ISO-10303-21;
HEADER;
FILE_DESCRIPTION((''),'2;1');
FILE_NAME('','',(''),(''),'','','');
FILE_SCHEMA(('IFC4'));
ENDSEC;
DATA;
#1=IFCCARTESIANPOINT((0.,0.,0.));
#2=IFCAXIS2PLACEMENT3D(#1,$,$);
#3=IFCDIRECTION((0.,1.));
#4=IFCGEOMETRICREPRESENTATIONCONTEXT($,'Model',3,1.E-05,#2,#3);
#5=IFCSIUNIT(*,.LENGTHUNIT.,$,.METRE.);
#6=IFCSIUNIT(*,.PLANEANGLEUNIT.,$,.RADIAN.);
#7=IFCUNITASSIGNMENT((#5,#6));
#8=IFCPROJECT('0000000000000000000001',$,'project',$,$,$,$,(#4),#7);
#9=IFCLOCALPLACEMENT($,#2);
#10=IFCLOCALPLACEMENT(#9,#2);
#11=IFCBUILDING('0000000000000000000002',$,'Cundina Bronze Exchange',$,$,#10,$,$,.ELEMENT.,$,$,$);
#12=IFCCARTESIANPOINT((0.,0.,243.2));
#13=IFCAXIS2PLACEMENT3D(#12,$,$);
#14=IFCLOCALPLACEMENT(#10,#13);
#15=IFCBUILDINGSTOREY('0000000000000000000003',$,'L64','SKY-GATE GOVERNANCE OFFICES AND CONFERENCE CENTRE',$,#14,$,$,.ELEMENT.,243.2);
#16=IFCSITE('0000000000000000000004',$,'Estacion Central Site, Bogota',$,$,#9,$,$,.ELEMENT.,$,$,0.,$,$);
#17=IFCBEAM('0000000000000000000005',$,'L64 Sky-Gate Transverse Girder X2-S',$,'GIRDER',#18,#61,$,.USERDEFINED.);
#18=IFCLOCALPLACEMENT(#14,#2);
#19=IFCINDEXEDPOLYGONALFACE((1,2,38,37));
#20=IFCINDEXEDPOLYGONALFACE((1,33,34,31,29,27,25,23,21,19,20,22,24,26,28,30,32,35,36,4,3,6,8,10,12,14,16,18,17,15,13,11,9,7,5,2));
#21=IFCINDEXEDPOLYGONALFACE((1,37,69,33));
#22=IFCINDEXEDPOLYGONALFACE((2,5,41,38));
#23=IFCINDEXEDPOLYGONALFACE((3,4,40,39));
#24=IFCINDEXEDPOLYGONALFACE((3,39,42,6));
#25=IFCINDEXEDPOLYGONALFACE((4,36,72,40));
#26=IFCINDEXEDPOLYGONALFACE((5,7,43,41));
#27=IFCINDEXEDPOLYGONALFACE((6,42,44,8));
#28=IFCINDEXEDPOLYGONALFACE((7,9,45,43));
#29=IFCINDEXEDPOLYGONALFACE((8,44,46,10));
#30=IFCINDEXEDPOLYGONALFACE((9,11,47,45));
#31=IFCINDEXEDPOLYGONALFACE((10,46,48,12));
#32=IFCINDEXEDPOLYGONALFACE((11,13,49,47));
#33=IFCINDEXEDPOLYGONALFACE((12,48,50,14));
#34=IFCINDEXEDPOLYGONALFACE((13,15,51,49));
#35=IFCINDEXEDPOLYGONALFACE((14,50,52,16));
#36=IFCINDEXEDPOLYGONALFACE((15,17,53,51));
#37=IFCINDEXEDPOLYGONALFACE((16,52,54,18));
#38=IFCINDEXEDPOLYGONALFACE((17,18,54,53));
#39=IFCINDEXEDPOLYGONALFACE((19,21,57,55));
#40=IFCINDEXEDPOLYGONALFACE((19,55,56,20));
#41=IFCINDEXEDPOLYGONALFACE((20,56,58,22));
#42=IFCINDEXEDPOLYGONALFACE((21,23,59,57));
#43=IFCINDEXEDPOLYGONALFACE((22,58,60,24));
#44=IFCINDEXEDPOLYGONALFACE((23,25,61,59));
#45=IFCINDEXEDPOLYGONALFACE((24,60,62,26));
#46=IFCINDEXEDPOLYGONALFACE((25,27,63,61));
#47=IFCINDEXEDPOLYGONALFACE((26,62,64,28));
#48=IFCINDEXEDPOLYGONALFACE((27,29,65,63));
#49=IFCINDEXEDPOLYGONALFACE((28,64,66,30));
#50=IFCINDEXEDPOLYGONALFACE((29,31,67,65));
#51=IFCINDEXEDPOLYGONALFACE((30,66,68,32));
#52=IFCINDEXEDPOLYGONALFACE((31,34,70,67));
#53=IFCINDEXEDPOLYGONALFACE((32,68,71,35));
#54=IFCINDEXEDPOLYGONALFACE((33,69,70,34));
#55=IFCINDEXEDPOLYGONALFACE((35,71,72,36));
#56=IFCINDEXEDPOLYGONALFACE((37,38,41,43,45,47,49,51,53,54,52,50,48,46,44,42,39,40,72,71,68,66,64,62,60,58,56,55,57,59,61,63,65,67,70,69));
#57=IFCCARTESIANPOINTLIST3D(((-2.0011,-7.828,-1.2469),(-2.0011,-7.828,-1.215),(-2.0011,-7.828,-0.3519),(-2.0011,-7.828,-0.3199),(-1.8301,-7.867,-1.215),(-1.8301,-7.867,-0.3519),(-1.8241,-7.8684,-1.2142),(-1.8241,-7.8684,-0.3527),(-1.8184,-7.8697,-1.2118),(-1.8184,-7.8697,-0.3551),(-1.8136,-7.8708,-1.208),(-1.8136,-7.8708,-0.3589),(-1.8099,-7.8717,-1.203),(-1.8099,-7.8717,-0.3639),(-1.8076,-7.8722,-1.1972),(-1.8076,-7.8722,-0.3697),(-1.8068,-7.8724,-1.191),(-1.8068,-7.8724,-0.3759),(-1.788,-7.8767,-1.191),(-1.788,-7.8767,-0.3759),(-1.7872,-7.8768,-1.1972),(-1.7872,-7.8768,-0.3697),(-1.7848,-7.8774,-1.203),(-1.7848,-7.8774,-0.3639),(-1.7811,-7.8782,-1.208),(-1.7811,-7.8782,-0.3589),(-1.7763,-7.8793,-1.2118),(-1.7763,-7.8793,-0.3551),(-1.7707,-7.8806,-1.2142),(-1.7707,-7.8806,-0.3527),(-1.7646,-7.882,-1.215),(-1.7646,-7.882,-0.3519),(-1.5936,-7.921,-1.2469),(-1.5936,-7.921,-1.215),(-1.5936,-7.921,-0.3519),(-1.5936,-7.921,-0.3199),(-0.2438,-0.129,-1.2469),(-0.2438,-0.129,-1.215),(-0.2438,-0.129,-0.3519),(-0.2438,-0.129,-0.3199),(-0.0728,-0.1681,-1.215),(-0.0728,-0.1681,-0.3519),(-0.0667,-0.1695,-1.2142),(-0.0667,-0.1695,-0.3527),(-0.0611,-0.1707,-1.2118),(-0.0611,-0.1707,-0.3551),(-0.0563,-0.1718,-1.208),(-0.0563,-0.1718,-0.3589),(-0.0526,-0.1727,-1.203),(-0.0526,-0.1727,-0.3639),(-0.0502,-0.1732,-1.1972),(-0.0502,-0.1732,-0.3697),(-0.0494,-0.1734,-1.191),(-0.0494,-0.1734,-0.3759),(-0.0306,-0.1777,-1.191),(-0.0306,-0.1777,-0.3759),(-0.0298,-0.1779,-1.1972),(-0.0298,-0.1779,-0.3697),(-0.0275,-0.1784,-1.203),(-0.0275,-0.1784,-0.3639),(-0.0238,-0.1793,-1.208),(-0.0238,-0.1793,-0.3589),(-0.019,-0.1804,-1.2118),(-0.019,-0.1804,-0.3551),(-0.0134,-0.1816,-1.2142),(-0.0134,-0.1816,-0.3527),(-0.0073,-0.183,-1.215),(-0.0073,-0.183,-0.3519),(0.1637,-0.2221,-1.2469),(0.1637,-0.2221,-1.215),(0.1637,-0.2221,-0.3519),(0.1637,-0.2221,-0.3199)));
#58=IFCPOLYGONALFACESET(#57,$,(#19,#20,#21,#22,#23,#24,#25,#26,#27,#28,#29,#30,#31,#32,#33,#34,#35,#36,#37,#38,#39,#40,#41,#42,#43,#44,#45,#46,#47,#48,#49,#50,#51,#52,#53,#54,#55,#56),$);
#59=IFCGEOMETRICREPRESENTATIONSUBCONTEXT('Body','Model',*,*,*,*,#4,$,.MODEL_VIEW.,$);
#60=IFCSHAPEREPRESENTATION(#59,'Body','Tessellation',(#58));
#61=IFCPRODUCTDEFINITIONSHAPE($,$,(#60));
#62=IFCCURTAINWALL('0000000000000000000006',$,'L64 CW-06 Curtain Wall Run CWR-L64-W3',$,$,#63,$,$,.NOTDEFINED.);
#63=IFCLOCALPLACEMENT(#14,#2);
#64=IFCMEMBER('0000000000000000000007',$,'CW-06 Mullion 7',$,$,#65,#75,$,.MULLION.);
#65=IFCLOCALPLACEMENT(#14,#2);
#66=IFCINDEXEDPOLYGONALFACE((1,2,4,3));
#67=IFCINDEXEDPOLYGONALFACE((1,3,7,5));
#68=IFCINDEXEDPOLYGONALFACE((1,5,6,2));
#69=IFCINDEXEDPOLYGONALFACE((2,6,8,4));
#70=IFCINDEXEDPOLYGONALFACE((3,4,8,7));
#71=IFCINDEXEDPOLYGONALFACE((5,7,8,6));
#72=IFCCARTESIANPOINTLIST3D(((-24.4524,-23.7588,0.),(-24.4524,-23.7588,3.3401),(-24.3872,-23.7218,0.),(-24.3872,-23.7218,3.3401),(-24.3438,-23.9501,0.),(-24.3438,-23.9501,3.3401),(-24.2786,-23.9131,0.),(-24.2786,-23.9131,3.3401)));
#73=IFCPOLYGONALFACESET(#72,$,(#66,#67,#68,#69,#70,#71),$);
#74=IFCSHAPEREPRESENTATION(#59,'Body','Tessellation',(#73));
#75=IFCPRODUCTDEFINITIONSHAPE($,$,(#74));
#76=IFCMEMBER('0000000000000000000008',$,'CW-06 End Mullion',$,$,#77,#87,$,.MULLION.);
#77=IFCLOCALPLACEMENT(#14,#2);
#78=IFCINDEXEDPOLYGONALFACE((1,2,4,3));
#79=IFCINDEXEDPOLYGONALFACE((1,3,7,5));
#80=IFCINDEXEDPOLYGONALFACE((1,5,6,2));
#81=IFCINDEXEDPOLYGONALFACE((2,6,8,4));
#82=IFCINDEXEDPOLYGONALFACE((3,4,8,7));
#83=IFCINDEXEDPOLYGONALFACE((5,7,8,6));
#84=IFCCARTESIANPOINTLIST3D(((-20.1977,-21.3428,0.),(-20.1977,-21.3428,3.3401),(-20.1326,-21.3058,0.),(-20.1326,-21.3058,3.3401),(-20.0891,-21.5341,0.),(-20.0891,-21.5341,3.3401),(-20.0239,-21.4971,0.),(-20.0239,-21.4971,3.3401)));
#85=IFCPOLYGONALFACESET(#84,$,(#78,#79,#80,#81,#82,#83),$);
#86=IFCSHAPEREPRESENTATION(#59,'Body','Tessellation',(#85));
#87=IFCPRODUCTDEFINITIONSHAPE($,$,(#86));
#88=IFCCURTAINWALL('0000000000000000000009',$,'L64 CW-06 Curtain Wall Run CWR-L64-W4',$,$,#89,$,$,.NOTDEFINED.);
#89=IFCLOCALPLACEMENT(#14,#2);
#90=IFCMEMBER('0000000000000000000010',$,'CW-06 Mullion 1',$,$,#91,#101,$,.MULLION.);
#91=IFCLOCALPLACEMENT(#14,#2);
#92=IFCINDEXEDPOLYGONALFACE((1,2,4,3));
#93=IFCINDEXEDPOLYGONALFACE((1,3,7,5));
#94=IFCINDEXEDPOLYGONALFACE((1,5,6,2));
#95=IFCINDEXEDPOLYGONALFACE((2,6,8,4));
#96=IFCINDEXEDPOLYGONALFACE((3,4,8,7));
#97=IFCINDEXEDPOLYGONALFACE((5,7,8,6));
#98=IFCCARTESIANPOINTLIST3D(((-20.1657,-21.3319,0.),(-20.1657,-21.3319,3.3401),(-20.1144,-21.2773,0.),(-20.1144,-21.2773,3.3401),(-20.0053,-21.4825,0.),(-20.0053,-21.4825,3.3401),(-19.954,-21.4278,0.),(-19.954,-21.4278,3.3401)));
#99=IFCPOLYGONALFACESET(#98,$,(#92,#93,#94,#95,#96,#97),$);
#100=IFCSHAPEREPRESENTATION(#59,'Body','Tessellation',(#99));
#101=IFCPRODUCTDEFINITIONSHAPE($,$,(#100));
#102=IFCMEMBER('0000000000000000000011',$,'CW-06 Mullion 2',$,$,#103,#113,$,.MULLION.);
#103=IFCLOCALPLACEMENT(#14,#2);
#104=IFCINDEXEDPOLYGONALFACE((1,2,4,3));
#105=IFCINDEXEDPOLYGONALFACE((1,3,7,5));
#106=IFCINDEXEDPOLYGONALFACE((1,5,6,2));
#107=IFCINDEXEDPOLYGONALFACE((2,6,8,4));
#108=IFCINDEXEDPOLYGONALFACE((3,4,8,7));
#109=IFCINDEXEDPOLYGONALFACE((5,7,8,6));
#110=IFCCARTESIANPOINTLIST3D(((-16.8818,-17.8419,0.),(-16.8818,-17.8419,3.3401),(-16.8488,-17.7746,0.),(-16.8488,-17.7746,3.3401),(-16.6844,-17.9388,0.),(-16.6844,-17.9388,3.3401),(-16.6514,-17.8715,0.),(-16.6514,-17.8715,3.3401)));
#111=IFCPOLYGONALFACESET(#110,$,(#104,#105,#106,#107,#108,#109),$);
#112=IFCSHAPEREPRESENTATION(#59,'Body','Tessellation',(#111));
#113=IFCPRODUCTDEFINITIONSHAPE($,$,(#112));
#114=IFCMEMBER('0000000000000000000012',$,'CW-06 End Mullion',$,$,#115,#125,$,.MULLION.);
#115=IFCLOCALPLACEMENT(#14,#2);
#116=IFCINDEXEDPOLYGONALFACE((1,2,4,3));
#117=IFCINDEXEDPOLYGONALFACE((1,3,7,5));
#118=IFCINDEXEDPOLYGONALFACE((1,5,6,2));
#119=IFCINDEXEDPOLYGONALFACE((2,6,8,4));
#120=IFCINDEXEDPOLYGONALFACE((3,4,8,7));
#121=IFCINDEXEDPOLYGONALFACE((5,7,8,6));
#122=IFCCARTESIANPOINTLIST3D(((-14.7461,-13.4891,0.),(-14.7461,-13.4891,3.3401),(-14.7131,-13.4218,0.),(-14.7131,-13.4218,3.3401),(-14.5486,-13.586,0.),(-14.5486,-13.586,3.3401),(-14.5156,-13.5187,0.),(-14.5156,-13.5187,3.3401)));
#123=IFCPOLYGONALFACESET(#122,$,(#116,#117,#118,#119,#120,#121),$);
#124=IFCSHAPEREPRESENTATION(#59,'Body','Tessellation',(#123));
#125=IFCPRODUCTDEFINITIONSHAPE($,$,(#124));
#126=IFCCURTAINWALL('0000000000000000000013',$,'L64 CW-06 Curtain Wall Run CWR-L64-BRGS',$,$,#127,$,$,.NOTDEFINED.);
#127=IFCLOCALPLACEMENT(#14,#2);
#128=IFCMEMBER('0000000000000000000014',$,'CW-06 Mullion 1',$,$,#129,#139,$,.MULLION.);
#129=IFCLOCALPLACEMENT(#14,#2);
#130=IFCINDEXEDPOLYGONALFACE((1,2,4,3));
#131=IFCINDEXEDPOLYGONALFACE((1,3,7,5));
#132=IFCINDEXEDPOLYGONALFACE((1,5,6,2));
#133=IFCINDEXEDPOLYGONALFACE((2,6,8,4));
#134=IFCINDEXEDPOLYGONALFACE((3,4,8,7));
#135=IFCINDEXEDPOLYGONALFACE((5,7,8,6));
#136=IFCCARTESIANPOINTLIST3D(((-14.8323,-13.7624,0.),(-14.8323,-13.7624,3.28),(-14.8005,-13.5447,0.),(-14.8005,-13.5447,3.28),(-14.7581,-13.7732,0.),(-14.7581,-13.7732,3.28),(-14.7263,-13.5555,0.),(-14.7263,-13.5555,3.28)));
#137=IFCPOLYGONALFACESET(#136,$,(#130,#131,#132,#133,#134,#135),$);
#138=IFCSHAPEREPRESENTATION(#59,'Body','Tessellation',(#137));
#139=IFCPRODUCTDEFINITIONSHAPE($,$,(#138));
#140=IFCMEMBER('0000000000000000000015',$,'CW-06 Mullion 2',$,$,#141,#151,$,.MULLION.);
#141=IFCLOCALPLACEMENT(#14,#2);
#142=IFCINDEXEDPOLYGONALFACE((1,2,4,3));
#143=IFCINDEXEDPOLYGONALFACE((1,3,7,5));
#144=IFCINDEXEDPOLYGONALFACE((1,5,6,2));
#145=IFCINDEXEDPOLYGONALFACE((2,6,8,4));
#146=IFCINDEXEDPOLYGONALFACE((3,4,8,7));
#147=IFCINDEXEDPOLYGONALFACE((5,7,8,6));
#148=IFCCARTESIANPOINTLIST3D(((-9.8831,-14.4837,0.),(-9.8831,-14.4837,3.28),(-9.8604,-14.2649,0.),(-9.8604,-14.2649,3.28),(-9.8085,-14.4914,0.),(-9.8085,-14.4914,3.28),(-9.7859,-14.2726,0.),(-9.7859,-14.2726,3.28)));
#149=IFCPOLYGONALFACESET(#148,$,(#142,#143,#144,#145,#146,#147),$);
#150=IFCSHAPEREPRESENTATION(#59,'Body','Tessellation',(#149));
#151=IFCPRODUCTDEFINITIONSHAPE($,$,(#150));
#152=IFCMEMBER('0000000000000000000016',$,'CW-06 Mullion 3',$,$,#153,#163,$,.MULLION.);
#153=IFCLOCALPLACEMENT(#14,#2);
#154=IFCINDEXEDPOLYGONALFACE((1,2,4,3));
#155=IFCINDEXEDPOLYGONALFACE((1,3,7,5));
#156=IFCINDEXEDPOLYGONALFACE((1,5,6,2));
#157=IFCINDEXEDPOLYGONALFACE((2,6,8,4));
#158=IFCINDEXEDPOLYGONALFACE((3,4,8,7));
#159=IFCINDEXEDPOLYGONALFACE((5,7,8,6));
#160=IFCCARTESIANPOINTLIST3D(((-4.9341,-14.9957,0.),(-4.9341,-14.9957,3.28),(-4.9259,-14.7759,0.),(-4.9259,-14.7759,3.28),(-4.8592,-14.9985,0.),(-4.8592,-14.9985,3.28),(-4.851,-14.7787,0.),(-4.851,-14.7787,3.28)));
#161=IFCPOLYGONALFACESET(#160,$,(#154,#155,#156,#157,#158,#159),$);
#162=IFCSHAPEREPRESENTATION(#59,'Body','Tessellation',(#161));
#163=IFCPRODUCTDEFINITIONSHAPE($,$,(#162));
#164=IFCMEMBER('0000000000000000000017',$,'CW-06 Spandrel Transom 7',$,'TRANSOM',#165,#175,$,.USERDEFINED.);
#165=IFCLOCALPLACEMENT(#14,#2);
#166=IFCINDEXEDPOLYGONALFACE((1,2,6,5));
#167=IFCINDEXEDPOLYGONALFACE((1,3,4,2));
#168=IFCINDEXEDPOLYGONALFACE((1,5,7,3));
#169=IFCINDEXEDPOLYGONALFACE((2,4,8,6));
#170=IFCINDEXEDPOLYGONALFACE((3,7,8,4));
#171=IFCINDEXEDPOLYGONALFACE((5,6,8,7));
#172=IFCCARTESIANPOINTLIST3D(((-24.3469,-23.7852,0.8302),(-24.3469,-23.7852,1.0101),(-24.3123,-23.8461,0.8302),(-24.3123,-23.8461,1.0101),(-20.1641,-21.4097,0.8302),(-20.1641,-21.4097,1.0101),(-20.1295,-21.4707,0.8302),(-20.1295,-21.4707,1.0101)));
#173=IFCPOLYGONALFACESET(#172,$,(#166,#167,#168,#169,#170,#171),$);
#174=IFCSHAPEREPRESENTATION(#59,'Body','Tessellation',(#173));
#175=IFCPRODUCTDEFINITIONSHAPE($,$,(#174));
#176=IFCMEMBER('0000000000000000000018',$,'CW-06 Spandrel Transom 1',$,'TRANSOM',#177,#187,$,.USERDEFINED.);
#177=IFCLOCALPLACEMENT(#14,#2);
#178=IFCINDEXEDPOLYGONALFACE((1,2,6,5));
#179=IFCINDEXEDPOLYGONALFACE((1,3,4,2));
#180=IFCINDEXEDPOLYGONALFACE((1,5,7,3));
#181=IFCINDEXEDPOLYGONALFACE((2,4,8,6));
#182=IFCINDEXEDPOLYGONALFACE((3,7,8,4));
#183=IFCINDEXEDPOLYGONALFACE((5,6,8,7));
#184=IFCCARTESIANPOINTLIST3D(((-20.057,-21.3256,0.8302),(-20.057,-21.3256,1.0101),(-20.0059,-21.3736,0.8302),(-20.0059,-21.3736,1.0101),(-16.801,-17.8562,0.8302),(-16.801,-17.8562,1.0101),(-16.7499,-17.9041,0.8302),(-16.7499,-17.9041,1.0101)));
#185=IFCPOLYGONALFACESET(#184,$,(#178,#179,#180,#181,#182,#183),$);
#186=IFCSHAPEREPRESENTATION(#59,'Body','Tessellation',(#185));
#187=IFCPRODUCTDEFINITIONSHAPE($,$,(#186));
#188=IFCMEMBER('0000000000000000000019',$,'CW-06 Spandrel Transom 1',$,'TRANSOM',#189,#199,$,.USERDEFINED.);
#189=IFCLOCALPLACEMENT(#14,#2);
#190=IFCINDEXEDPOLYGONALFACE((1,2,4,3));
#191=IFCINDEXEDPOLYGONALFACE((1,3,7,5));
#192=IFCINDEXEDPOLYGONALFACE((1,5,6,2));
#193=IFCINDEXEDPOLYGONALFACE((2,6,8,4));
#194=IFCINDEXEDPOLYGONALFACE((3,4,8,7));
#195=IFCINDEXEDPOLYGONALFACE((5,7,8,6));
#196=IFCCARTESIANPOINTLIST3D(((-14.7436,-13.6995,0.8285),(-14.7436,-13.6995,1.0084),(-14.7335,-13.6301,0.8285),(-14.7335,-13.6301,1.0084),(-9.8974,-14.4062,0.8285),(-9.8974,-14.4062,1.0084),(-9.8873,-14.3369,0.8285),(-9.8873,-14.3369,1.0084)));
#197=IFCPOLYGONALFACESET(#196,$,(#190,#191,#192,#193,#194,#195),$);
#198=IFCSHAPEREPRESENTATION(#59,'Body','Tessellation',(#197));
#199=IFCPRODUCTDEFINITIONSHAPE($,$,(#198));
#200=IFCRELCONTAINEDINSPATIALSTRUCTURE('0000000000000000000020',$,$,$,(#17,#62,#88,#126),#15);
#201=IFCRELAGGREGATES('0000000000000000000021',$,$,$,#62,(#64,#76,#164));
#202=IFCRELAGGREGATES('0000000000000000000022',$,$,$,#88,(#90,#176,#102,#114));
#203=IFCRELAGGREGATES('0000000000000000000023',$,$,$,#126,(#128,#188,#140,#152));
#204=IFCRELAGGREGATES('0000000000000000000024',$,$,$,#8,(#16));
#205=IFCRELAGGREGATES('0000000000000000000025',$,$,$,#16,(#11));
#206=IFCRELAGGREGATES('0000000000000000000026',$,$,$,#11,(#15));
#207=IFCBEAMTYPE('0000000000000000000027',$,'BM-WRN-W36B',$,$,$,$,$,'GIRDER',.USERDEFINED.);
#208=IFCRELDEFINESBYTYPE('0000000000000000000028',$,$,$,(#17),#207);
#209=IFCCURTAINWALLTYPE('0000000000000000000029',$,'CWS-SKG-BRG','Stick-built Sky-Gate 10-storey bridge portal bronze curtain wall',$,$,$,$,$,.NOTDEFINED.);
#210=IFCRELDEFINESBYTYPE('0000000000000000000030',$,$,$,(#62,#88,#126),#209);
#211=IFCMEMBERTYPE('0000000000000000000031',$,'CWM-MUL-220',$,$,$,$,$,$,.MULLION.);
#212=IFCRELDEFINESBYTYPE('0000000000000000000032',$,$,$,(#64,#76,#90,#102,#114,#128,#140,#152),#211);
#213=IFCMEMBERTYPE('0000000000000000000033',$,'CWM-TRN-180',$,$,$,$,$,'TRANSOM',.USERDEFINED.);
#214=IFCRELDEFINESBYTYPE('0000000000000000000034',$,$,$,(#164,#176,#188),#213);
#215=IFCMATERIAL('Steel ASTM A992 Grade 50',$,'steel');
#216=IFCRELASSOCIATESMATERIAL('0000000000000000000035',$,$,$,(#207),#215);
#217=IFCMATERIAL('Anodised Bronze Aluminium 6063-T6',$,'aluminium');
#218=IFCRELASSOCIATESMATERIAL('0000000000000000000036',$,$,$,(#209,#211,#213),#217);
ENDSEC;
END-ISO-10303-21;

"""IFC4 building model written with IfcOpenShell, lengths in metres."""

from ifc_helpers import new_model, si_unit, direction, frame, origin, origin_2d, place, context, subcontext, project, spatial, rectangle, i_section, extrude, material, material_profile, profile_set, type_object, element, aggregate, save


model = new_model("IFC4")

# Units and contexts
model_context = context("Model", 3, precision=1e-05, world=origin(), true_north=direction((0.0, 1.0)))
body_context = subcontext(model_context, "Body", "Model", "MODEL_VIEW")
ifc_project = project(units=[si_unit("LENGTHUNIT", "METRE"), si_unit("PLANEANGLEUNIT", "RADIAN")], contexts=[model_context])

# Site, building, storey
site_placement = place(None, origin())
site = spatial("IfcSite", under=ifc_project, at=site_placement, Name="Estacion Central Site, Bogota", CompositionType="ELEMENT", RefElevation=0.0)
building_placement = place(site_placement, origin())
building = spatial("IfcBuilding", under=site, at=building_placement, Name="Cundina Bronze Exchange", CompositionType="ELEMENT")
storey_placement = place(building_placement, frame((0.0, 0.0, 243.2)))
storey = spatial("IfcBuildingStorey", under=building, at=storey_placement, Name="L64", Description="SKY-GATE GOVERNANCE OFFICES AND CONFERENCE CENTRE", CompositionType="ELEMENT", Elevation=243.2)

# Beam
ifc_material_1 = material(Name="Steel ASTM A992 Grade 50", Category="steel")
ifc_material_profile_1 = material_profile(ifc_material_1, i_section(OverallWidth=0.418, OverallDepth=0.927, WebThickness=0.0193, FlangeThickness=0.032, FilletRadius=0.0239, at=origin_2d()), Name="W36X231", Category="steel")
ifc_profile_set_1 = profile_set([ifc_material_profile_1], Name="Steel ASTM A992 Grade 50")
beam_type_1 = type_object("IfcBeamType", Name="BM-WRN-W36B", ElementType="GIRDER", PredefinedType="USERDEFINED", material=ifc_profile_set_1)
beam_1_placement = place(storey_placement, frame((-1.7974, -7.8745, -0.7834), z_axis=(0.222531, 0.974926, 0.0), x_axis=(-0.974926, 0.222531, 0.0)))
element("IfcBeam", 1, at=beam_1_placement, inside=storey, type_object=beam_type_1, Name="L64 Sky-Gate Transverse Girder X2-S", ObjectType="GIRDER", PredefinedType="USERDEFINED", context=body_context, shape_type="SweptSolid", body=[
    extrude(i_section(OverallWidth=0.418, OverallDepth=0.927, WebThickness=0.0193, FlangeThickness=0.032, FilletRadius=0.0239, at=origin_2d()), origin(), (0.0, 0.0, 1.0), 7.897),
])

# Curtain walls, members
ifc_material_2 = material(Name="Anodised Bronze Aluminium 6063-T6", Category="aluminium")
curtain_wall_type = type_object("IfcCurtainWallType", Name="CWS-SKG-BRG", Description="Stick-built Sky-Gate 10-storey bridge portal bronze curtain wall", PredefinedType="NOTDEFINED", material=ifc_material_2)
curtain_wall_1_placement = place(storey_placement, origin())
curtain_wall_1 = element("IfcCurtainWall", 2, at=curtain_wall_1_placement, inside=storey, type_object=curtain_wall_type, Name="L64 CW-06 Curtain Wall Run CWR-L64-W3", PredefinedType="NOTDEFINED")
ifc_material_profile_2 = material_profile(ifc_material_2, rectangle(XDim=0.075, YDim=0.22, at=origin_2d()), Name="AL75X220", Category="aluminium")
ifc_profile_set_2 = profile_set([ifc_material_profile_2], Name="Anodised Bronze Aluminium 6063-T6")
member_type_1 = type_object("IfcMemberType", Name="CWM-MUL-220", PredefinedType="MULLION", material=ifc_profile_set_2)
member_1_placement = place(storey_placement, frame((-24.3655, -23.8359, 0.0), z_axis=(0.0, 0.0, 1.0), x_axis=(0.869581, 0.49379, 0.0)))
member_1 = element("IfcMember", 3, at=member_1_placement, type_object=member_type_1, Name="CW-06 Mullion 7", PredefinedType="MULLION", context=body_context, shape_type="SweptSolid", body=[
    extrude(rectangle(XDim=0.075, YDim=0.22, at=origin_2d()), origin(), (0.0, 0.0, 1.0), 3.3401),
])
member_2_placement = place(storey_placement, frame((-20.1108, -21.4199, 0.0), z_axis=(0.0, 0.0, 1.0), x_axis=(0.869581, 0.49379, 0.0)))
member_2 = element("IfcMember", 4, at=member_2_placement, type_object=member_type_1, Name="CW-06 End Mullion", PredefinedType="MULLION", context=body_context, shape_type="SweptSolid", body=[
    extrude(rectangle(XDim=0.075, YDim=0.22, at=origin_2d()), origin(), (0.0, 0.0, 1.0), 3.3401),
])
curtain_wall_2_placement = place(storey_placement, origin())
curtain_wall_2 = element("IfcCurtainWall", 5, at=curtain_wall_2_placement, inside=storey, type_object=curtain_wall_type, Name="L64 CW-06 Curtain Wall Run CWR-L64-W4", PredefinedType="NOTDEFINED")
member_3_placement = place(storey_placement, frame((-20.0598, -21.3799, 0.0), z_axis=(0.0, 0.0, 1.0), x_axis=(0.684293, 0.729208, 0.0)))
member_3 = element("IfcMember", 6, at=member_3_placement, type_object=member_type_1, Name="CW-06 Mullion 1", PredefinedType="MULLION", context=body_context, shape_type="SweptSolid", body=[
    extrude(rectangle(XDim=0.075, YDim=0.22, at=origin_2d()), origin(), (0.0, 0.0, 1.0), 3.3401),
])
member_4_placement = place(storey_placement, frame((-16.7666, -17.8567, 0.0), z_axis=(0.0, 0.0, 1.0), x_axis=(0.440566, 0.89772, 0.0)))
member_4 = element("IfcMember", 7, at=member_4_placement, type_object=member_type_1, Name="CW-06 Mullion 2", PredefinedType="MULLION", context=body_context, shape_type="SweptSolid", body=[
    extrude(rectangle(XDim=0.075, YDim=0.22, at=origin_2d()), origin(), (0.0, 0.0, 1.0), 3.3401),
])
member_5_placement = place(storey_placement, frame((-14.6309, -13.5039, 0.0), z_axis=(0.0, 0.0, 1.0), x_axis=(0.440566, 0.89772, 0.0)))
member_5 = element("IfcMember", 8, at=member_5_placement, type_object=member_type_1, Name="CW-06 End Mullion", PredefinedType="MULLION", context=body_context, shape_type="SweptSolid", body=[
    extrude(rectangle(XDim=0.075, YDim=0.22, at=origin_2d()), origin(), (0.0, 0.0, 1.0), 3.3401),
])
curtain_wall_3_placement = place(storey_placement, origin())
curtain_wall_3 = element("IfcCurtainWall", 9, at=curtain_wall_3_placement, inside=storey, type_object=curtain_wall_type, Name="L64 CW-06 Curtain Wall Run CWR-L64-BRGS", PredefinedType="NOTDEFINED")
member_6_placement = place(storey_placement, frame((-14.7793, -13.6589, 0.0), z_axis=(0.0, 0.0, 1.0), x_axis=(0.989526, -0.144356, 0.0)))
member_6 = element("IfcMember", 10, at=member_6_placement, type_object=member_type_1, Name="CW-06 Mullion 1", PredefinedType="MULLION", context=body_context, shape_type="SweptSolid", body=[
    extrude(rectangle(XDim=0.075, YDim=0.22, at=origin_2d()), origin(), (0.0, 0.0, 1.0), 3.28),
])
member_7_placement = place(storey_placement, frame((-9.8345, -14.3782, 0.0), z_axis=(0.0, 0.0, 1.0), x_axis=(0.994667, -0.10314, 0.0)))
member_7 = element("IfcMember", 11, at=member_7_placement, type_object=member_type_1, Name="CW-06 Mullion 2", PredefinedType="MULLION", context=body_context, shape_type="SweptSolid", body=[
    extrude(rectangle(XDim=0.075, YDim=0.22, at=origin_2d()), origin(), (0.0, 0.0, 1.0), 3.28),
])
member_8_placement = place(storey_placement, frame((-4.8926, -14.8872, 0.0), z_axis=(0.0, 0.0, 1.0), x_axis=(0.999303, -0.037341, 0.0)))
member_8 = element("IfcMember", 12, at=member_8_placement, type_object=member_type_1, Name="CW-06 Mullion 3", PredefinedType="MULLION", context=body_context, shape_type="SweptSolid", body=[
    extrude(rectangle(XDim=0.075, YDim=0.22, at=origin_2d()), origin(), (0.0, 0.0, 1.0), 3.28),
])

# Members
ifc_material_profile_3 = material_profile(ifc_material_2, rectangle(XDim=0.0701, YDim=0.1799, at=origin_2d()), Name="AL70X180", Category="aluminium")
ifc_profile_set_3 = profile_set([ifc_material_profile_3], Name="Anodised Bronze Aluminium 6063-T6")
member_type_2 = type_object("IfcMemberType", Name="CWM-TRN-180", ElementType="TRANSOM", PredefinedType="USERDEFINED", material=ifc_profile_set_3)
member_9_placement = place(storey_placement, frame((-24.3296, -23.8157, 0.9202), z_axis=(0.869558, 0.493831, 0.0), x_axis=(-0.493831, 0.869558, 0.0)))
member_9 = element("IfcMember", 13, at=member_9_placement, type_object=member_type_2, Name="CW-06 Spandrel Transom 7", ObjectType="TRANSOM", PredefinedType="USERDEFINED", context=body_context, shape_type="SweptSolid", body=[
    extrude(rectangle(XDim=0.0701, YDim=0.1799, at=origin_2d()), origin(), (0.0, 0.0, 1.0), 4.8103),
])
member_10_placement = place(storey_placement, frame((-20.0315, -21.3496, 0.9202), z_axis=(0.684328, 0.729174, 0.0), x_axis=(-0.729174, 0.684328, 0.0)))
member_10 = element("IfcMember", 14, at=member_10_placement, type_object=member_type_2, Name="CW-06 Spandrel Transom 1", ObjectType="TRANSOM", PredefinedType="USERDEFINED", context=body_context, shape_type="SweptSolid", body=[
    extrude(rectangle(XDim=0.0701, YDim=0.1799, at=origin_2d()), origin(), (0.0, 0.0, 1.0), 4.7581),
])
member_11_placement = place(storey_placement, frame((-14.7385, -13.6648, 0.9185), z_axis=(0.989531, -0.144317, 0.0), x_axis=(0.144317, 0.989531, 0.0)))
member_11 = element("IfcMember", 15, at=member_11_placement, type_object=member_type_2, Name="CW-06 Spandrel Transom 1", ObjectType="TRANSOM", PredefinedType="USERDEFINED", context=body_context, shape_type="SweptSolid", body=[
    extrude(rectangle(XDim=0.0701, YDim=0.1799, at=origin_2d()), origin(), (0.0, 0.0, 1.0), 4.8975),
])

aggregate(curtain_wall_1, [member_1, member_2, member_9])
aggregate(curtain_wall_2, [member_3, member_10, member_4, member_5])
aggregate(curtain_wall_3, [member_6, member_11, member_7, member_8])

save(model, "model.ifc")
